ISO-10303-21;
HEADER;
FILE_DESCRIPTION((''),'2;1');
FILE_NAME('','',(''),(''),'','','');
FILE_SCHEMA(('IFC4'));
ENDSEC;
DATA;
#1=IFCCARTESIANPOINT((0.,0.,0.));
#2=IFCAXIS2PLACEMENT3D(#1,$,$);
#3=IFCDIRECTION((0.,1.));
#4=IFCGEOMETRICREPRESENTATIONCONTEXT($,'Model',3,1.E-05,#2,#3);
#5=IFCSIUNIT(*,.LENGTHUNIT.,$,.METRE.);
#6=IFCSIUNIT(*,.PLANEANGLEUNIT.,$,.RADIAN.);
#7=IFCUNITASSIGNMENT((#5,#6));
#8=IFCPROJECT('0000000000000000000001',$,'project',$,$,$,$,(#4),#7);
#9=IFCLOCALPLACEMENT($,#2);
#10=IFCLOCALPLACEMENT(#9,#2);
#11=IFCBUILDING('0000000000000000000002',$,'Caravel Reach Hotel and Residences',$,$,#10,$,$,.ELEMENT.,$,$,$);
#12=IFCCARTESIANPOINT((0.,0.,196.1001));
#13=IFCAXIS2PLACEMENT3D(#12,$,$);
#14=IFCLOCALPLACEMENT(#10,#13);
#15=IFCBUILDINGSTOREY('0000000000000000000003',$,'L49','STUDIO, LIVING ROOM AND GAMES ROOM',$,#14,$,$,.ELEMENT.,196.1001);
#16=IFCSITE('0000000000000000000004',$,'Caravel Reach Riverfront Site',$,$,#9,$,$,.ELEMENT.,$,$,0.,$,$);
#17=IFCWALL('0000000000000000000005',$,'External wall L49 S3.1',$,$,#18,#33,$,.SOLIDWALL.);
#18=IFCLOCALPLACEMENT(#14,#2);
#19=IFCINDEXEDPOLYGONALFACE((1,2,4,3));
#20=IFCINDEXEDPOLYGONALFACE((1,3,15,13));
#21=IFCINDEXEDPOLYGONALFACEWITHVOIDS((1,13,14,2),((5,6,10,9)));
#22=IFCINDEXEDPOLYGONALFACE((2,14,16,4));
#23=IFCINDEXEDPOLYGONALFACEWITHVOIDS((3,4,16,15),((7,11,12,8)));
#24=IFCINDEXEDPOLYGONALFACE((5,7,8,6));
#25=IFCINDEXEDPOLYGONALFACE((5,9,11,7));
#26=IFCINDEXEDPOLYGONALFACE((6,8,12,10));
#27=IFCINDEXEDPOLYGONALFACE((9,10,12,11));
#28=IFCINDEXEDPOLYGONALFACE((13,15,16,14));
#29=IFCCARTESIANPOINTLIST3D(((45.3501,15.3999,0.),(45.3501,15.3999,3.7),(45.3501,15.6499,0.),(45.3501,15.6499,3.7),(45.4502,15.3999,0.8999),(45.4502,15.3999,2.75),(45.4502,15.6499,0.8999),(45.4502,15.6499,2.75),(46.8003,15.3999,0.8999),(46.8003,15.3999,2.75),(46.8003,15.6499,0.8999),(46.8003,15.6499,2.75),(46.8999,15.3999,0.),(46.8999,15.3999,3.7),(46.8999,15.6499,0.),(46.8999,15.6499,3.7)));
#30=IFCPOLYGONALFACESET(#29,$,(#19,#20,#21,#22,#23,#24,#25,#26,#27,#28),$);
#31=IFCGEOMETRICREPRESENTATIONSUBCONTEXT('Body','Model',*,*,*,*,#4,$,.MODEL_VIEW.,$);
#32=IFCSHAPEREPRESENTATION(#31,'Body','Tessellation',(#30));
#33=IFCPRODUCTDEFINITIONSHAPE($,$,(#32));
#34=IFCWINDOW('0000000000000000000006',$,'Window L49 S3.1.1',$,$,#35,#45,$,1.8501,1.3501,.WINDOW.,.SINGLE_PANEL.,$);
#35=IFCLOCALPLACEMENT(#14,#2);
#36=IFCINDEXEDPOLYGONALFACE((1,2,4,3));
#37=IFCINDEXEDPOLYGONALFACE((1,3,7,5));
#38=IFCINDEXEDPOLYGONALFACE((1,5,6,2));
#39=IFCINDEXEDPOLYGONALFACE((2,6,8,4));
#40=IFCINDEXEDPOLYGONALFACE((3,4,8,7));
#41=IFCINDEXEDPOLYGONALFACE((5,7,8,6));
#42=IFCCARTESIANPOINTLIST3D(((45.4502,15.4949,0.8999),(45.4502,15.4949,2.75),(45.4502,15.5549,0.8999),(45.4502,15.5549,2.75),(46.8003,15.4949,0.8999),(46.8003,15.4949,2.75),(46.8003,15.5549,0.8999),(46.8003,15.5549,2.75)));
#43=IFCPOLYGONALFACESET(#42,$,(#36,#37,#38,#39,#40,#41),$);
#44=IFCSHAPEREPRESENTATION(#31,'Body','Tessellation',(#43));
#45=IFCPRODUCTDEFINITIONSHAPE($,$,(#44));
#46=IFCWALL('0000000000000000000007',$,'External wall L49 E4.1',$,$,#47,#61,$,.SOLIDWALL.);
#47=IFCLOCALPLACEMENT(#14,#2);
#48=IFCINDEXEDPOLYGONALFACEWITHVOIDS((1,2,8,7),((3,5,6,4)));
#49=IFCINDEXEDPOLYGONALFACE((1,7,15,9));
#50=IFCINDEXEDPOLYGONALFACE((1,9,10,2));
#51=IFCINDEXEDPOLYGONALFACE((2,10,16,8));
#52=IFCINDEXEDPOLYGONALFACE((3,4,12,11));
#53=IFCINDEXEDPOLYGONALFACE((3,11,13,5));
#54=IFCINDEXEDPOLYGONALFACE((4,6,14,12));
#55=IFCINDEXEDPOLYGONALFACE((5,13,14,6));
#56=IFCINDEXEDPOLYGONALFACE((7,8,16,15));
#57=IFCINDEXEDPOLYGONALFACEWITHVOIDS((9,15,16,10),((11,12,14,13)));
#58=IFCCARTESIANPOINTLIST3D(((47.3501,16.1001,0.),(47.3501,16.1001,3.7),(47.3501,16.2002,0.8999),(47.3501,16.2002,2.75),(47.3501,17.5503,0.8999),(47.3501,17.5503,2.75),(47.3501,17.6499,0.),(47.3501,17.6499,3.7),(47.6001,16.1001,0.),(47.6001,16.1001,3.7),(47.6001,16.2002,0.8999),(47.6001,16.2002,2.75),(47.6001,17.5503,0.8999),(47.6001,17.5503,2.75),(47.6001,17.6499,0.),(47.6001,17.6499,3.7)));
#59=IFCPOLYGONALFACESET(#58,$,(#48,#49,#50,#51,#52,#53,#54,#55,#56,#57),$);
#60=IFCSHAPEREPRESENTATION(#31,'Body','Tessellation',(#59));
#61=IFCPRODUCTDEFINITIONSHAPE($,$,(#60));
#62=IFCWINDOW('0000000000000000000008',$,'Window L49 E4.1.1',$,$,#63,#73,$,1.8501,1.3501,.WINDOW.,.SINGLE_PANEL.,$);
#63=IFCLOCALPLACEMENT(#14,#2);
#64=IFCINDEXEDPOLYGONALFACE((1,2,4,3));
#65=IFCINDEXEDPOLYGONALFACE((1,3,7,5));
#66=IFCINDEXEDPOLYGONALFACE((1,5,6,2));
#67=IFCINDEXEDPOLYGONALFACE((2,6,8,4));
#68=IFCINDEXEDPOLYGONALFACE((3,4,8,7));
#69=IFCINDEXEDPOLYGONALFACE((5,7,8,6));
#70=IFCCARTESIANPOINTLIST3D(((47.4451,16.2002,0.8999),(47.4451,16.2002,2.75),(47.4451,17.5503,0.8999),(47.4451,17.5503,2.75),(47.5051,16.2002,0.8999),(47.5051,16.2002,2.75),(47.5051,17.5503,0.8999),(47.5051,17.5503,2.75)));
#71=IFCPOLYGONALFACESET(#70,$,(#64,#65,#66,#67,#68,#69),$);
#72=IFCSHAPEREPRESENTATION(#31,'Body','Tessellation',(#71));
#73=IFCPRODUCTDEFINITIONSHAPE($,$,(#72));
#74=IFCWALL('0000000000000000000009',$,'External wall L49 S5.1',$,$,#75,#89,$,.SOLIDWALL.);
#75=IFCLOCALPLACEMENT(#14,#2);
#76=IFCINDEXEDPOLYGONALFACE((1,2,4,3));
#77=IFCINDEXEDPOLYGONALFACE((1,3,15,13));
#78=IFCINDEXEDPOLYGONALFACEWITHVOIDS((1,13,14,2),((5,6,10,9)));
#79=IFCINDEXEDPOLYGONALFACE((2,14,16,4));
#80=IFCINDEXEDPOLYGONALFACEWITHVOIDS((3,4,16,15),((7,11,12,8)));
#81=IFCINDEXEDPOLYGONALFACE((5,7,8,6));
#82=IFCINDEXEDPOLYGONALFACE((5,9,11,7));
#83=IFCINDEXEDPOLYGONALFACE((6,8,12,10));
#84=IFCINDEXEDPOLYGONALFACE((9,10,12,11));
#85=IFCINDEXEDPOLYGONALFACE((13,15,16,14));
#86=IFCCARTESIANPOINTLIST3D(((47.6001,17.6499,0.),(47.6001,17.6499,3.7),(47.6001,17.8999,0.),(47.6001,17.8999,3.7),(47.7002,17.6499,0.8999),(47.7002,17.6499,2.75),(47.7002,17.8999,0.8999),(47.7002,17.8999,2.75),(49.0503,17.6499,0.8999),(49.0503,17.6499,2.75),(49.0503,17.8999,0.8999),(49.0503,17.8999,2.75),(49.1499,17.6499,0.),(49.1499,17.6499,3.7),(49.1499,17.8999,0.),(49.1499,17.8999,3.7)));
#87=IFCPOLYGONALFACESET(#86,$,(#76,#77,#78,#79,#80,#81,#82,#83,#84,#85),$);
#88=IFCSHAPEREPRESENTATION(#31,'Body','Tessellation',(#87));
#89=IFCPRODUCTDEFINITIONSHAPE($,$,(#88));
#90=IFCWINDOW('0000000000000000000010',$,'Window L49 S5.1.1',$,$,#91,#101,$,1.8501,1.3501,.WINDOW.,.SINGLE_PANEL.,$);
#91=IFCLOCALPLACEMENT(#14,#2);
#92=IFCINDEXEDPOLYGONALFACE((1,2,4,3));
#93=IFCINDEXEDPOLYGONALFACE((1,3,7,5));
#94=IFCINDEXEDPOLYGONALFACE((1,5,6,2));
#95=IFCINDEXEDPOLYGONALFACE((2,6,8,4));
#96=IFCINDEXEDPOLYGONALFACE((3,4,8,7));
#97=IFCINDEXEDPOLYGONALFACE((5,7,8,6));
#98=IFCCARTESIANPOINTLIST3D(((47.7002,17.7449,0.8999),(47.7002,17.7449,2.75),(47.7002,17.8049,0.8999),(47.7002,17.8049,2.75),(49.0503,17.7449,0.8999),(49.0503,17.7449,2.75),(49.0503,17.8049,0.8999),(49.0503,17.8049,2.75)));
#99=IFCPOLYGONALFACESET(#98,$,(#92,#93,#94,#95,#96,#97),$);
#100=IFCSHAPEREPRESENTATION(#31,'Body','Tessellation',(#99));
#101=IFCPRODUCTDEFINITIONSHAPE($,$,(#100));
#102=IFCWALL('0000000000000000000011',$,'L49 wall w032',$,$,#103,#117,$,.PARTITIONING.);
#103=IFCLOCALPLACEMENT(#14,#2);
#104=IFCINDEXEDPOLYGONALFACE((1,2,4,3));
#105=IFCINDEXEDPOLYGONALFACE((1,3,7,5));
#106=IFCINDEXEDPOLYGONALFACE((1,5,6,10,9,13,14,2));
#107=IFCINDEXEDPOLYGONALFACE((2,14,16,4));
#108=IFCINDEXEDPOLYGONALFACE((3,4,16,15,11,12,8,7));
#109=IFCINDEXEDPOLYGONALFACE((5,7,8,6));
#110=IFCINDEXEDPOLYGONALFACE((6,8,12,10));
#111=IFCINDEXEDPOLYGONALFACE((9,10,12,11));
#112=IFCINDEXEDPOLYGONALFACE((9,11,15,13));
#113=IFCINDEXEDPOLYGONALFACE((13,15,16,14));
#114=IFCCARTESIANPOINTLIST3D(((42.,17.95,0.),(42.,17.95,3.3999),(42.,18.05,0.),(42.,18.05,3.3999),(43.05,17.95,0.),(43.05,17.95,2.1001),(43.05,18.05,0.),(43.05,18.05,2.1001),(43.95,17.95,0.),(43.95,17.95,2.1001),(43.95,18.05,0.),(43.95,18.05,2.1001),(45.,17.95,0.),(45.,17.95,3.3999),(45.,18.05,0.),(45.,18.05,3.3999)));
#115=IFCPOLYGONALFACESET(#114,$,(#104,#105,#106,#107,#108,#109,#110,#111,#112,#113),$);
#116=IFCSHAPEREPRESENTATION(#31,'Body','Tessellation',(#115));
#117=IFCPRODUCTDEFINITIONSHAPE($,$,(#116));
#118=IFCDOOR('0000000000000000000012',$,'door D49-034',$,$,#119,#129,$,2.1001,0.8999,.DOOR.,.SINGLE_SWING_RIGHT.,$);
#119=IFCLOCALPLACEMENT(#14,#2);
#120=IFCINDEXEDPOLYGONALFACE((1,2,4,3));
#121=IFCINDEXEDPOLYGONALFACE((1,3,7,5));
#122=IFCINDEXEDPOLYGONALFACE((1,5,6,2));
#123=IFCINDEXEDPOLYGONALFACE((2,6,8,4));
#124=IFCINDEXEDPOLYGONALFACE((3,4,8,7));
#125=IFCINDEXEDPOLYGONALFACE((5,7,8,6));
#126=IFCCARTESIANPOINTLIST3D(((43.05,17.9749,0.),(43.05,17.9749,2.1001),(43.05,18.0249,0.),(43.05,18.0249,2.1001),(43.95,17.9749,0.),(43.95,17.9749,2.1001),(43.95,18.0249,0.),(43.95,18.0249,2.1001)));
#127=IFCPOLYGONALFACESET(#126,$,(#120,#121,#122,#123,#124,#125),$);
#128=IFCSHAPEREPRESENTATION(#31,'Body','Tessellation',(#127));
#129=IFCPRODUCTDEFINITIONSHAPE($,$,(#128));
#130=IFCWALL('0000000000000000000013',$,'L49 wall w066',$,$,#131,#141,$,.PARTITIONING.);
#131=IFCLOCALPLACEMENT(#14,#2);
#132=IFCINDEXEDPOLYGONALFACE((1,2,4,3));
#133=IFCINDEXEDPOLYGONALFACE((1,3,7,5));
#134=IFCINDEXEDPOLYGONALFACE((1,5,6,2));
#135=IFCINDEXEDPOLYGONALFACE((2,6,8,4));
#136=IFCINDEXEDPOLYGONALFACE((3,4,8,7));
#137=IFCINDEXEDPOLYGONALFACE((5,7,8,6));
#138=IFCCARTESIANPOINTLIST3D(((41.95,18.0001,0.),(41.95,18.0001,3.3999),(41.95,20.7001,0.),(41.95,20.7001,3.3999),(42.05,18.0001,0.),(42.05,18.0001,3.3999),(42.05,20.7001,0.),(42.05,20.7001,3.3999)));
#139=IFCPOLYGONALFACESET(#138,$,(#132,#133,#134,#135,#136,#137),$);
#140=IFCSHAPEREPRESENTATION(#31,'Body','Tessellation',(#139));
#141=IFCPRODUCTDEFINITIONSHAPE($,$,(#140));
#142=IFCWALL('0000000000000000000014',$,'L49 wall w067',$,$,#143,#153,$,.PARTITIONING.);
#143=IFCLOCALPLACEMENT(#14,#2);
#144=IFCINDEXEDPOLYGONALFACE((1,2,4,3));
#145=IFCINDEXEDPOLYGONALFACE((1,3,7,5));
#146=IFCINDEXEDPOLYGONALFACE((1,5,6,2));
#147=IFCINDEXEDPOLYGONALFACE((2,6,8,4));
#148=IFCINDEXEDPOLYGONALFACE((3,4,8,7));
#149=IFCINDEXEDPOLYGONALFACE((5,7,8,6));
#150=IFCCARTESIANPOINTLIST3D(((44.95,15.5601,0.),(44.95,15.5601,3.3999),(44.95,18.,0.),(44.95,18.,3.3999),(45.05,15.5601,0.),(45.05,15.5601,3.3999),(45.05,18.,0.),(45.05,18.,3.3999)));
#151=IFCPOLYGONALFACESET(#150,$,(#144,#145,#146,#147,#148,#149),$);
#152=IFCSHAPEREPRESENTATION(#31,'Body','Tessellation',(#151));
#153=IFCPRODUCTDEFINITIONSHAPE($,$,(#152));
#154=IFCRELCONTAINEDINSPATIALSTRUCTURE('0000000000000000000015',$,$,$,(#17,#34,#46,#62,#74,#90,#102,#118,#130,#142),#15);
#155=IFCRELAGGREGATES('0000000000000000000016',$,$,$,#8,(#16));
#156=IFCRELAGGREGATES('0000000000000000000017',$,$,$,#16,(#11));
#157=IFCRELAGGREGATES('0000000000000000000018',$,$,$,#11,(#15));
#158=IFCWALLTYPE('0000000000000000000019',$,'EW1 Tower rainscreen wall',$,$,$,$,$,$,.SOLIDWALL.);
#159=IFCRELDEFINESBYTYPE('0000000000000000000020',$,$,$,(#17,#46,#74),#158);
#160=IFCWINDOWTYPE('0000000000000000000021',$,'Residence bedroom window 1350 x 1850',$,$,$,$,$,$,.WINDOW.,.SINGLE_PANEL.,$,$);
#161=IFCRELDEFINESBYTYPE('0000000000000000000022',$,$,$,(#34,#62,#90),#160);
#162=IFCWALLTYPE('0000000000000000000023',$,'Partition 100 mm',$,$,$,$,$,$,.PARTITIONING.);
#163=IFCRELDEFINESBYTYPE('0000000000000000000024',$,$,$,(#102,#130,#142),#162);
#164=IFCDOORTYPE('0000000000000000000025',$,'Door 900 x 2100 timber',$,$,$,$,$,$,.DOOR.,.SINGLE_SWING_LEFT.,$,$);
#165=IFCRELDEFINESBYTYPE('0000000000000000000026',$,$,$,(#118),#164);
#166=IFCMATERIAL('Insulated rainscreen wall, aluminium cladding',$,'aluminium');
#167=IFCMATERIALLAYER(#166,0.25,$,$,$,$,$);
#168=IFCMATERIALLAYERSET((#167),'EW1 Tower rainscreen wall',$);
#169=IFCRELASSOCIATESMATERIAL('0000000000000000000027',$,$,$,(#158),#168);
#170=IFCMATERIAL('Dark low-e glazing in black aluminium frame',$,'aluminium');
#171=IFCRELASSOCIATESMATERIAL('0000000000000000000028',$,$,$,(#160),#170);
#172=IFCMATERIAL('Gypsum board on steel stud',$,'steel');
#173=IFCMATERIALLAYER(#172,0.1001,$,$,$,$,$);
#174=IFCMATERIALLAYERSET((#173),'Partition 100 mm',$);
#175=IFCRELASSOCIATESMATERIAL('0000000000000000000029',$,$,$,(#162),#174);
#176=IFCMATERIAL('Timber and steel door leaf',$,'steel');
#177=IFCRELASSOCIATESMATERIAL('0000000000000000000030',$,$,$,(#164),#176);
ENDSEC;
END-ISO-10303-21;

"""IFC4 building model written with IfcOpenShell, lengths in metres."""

from ifc_helpers import new_model, si_unit, direction, frame, frame_2d, origin, place, context, subcontext, project, spatial, rectangle, extrude, material, layer, layer_set, type_object, element, fill, save


model = new_model("IFC4")

# Units and contexts
model_context = context("Model", 3, precision=1e-05, world=origin(), true_north=direction((0.0, 1.0)))
body_context = subcontext(model_context, "Body", "Model", "MODEL_VIEW")
ifc_project = project(units=[si_unit("LENGTHUNIT", "METRE"), si_unit("PLANEANGLEUNIT", "RADIAN")], contexts=[model_context])

# Site, building, storey
site_placement = place(None, origin())
site = spatial("IfcSite", under=ifc_project, at=site_placement, Name="Caravel Reach Riverfront Site", CompositionType="ELEMENT", RefElevation=0.0)
building_placement = place(site_placement, origin())
building = spatial("IfcBuilding", under=site, at=building_placement, Name="Caravel Reach Hotel and Residences", CompositionType="ELEMENT")
storey_placement = place(building_placement, frame((0.0, 0.0, 196.1001)))
storey = spatial("IfcBuildingStorey", under=building, at=storey_placement, Name="L49", Description="STUDIO, LIVING ROOM AND GAMES ROOM", CompositionType="ELEMENT", Elevation=196.1001)

# Walls, openings, windows
ifc_material_1 = material(Name="Insulated rainscreen wall, aluminium cladding", Category="aluminium")
ifc_layer_1 = layer(ifc_material_1, 0.25)
ifc_layer_set_1 = layer_set([ifc_layer_1], Name="EW1 Tower rainscreen wall")
wall_type_1 = type_object("IfcWallType", Name="EW1 Tower rainscreen wall", PredefinedType="SOLIDWALL", material=ifc_layer_set_1)
ifc_material_2 = material(Name="Dark low-e glazing in black aluminium frame", Category="aluminium")
window_type = type_object("IfcWindowType", Name="Residence bedroom window 1350 x 1850", PartitioningType="SINGLE_PANEL", PredefinedType="WINDOW", material=ifc_material_2)
wall_1_placement = place(storey_placement, frame((45.3501, 15.5249, 0.0), z_axis=(0.0, 0.0, 1.0), x_axis=(1.0, 0.0, 0.0)))
wall_1 = element("IfcWall", 1, at=wall_1_placement, inside=storey, type_object=wall_type_1, Name="External wall L49 S3.1", PredefinedType="SOLIDWALL", context=body_context, shape_type="SweptSolid", body=[
    extrude(rectangle(XDim=1.5498, YDim=0.25, at=frame_2d((0.7749, 0.0))), origin(), (0.0, 0.0, 1.0), 3.7),
])
opening_1_placement = place(wall_1_placement, frame((0.1001, 0.0, 0.8999)))
opening_1 = element("IfcOpeningElement", 2, at=opening_1_placement, cuts=wall_1, PredefinedType="OPENING", context=body_context, shape_type="SweptSolid", body=[
    extrude(rectangle(XDim=1.3501, YDim=1.8501, at=frame_2d((0.675, 0.925))), frame((0.0, 0.135, 0.0), z_axis=(0.0, -1.0, 0.0), x_axis=(1.0, 0.0, 0.0)), (0.0, 0.0, 1.0), 0.27),
])
window_1_placement = place(opening_1_placement, origin())
window_1 = element("IfcWindow", 3, at=window_1_placement, inside=storey, type_object=window_type, Name="Window L49 S3.1.1", OverallHeight=1.8501, OverallWidth=1.3501, PartitioningType="SINGLE_PANEL", PredefinedType="WINDOW", context=body_context, shape_type="SweptSolid", body=[
    extrude(rectangle(XDim=1.3501, YDim=1.8501, at=frame_2d((0.675, 0.925))), frame((0.0, 0.03, 0.0), z_axis=(0.0, -1.0, 0.0), x_axis=(1.0, 0.0, 0.0)), (0.0, 0.0, 1.0), 0.0601),
])
fill(opening_1, window_1)
wall_2_placement = place(storey_placement, frame((47.4751, 16.1001, 0.0), z_axis=(0.0, 0.0, 1.0), x_axis=(0.0, 1.0, 0.0)))
wall_2 = element("IfcWall", 4, at=wall_2_placement, inside=storey, type_object=wall_type_1, Name="External wall L49 E4.1", PredefinedType="SOLIDWALL", context=body_context, shape_type="SweptSolid", body=[
    extrude(rectangle(XDim=1.5498, YDim=0.25, at=frame_2d((0.7749, 0.0))), origin(), (0.0, 0.0, 1.0), 3.7),
])
opening_2_placement = place(wall_2_placement, frame((0.1001, 0.0, 0.8999)))
opening_2 = element("IfcOpeningElement", 5, at=opening_2_placement, cuts=wall_2, PredefinedType="OPENING", context=body_context, shape_type="SweptSolid", body=[
    extrude(rectangle(XDim=1.3501, YDim=1.8501, at=frame_2d((0.675, 0.925))), frame((0.0, 0.135, 0.0), z_axis=(0.0, -1.0, 0.0), x_axis=(1.0, 0.0, 0.0)), (0.0, 0.0, 1.0), 0.27),
])
window_2_placement = place(opening_2_placement, origin())
window_2 = element("IfcWindow", 6, at=window_2_placement, inside=storey, type_object=window_type, Name="Window L49 E4.1.1", OverallHeight=1.8501, OverallWidth=1.3501, PartitioningType="SINGLE_PANEL", PredefinedType="WINDOW", context=body_context, shape_type="SweptSolid", body=[
    extrude(rectangle(XDim=1.3501, YDim=1.8501, at=frame_2d((0.675, 0.925))), frame((0.0, 0.03, 0.0), z_axis=(0.0, -1.0, 0.0), x_axis=(1.0, 0.0, 0.0)), (0.0, 0.0, 1.0), 0.0601),
])
fill(opening_2, window_2)
wall_3_placement = place(storey_placement, frame((47.6001, 17.7749, 0.0), z_axis=(0.0, 0.0, 1.0), x_axis=(1.0, 0.0, 0.0)))
wall_3 = element("IfcWall", 7, at=wall_3_placement, inside=storey, type_object=wall_type_1, Name="External wall L49 S5.1", PredefinedType="SOLIDWALL", context=body_context, shape_type="SweptSolid", body=[
    extrude(rectangle(XDim=1.5498, YDim=0.25, at=frame_2d((0.7749, 0.0))), origin(), (0.0, 0.0, 1.0), 3.7),
])
opening_3_placement = place(wall_3_placement, frame((0.1001, 0.0, 0.8999)))
opening_3 = element("IfcOpeningElement", 8, at=opening_3_placement, cuts=wall_3, PredefinedType="OPENING", context=body_context, shape_type="SweptSolid", body=[
    extrude(rectangle(XDim=1.3501, YDim=1.8501, at=frame_2d((0.675, 0.925))), frame((0.0, 0.135, 0.0), z_axis=(0.0, -1.0, 0.0), x_axis=(1.0, 0.0, 0.0)), (0.0, 0.0, 1.0), 0.27),
])
window_3_placement = place(opening_3_placement, origin())
window_3 = element("IfcWindow", 9, at=window_3_placement, inside=storey, type_object=window_type, Name="Window L49 S5.1.1", OverallHeight=1.8501, OverallWidth=1.3501, PartitioningType="SINGLE_PANEL", PredefinedType="WINDOW", context=body_context, shape_type="SweptSolid", body=[
    extrude(rectangle(XDim=1.3501, YDim=1.8501, at=frame_2d((0.675, 0.925))), frame((0.0, 0.03, 0.0), z_axis=(0.0, -1.0, 0.0), x_axis=(1.0, 0.0, 0.0)), (0.0, 0.0, 1.0), 0.0601),
])
fill(opening_3, window_3)

# Wall, opening, door
ifc_material_3 = material(Name="Gypsum board on steel stud", Category="steel")
ifc_layer_2 = layer(ifc_material_3, 0.1001)
ifc_layer_set_2 = layer_set([ifc_layer_2], Name="Partition 100 mm")
wall_type_2 = type_object("IfcWallType", Name="Partition 100 mm", PredefinedType="PARTITIONING", material=ifc_layer_set_2)
wall_4_placement = place(storey_placement, frame((42.0, 18.0, 0.0), z_axis=(0.0, 0.0, 1.0), x_axis=(1.0, 0.0, 0.0)))
wall_4 = element("IfcWall", 10, at=wall_4_placement, inside=storey, type_object=wall_type_2, Name="L49 wall w032", PredefinedType="PARTITIONING", context=body_context, shape_type="SweptSolid", body=[
    extrude(rectangle(XDim=3.0, YDim=0.1001, at=frame_2d((1.5, 0.0))), origin(), (0.0, 0.0, 1.0), 3.3999),
])
opening_4_placement = place(wall_4_placement, frame((1.05, 0.0, 0.0)))
opening_4 = element("IfcOpeningElement", 11, at=opening_4_placement, cuts=wall_4, PredefinedType="OPENING", context=body_context, shape_type="SweptSolid", body=[
    extrude(rectangle(XDim=0.8999, YDim=2.1001, at=frame_2d((0.45, 1.05))), frame((0.0, 0.0601, 0.0), z_axis=(0.0, -1.0, 0.0), x_axis=(1.0, 0.0, 0.0)), (0.0, 0.0, 1.0), 0.1201),
])
ifc_material_4 = material(Name="Timber and steel door leaf", Category="steel")
door_type_1 = type_object("IfcDoorType", Name="Door 900 x 2100 timber", OperationType="SINGLE_SWING_LEFT", PredefinedType="DOOR", material=ifc_material_4)
door_1_placement = place(opening_4_placement, origin())
door_1 = element("IfcDoor", 12, at=door_1_placement, inside=storey, type_object=door_type_1, Name="door D49-034", OperationType="SINGLE_SWING_RIGHT", OverallHeight=2.1001, OverallWidth=0.8999, PredefinedType="DOOR", context=body_context, shape_type="SweptSolid", body=[
    extrude(rectangle(XDim=0.8999, YDim=2.1001, at=frame_2d((0.45, 1.05))), frame((0.0, 0.0249, 0.0), z_axis=(0.0, -1.0, 0.0), x_axis=(1.0, 0.0, 0.0)), (0.0, 0.0, 1.0), 0.05),
])
fill(opening_4, door_1)

# Walls
wall_5_placement = place(storey_placement, frame((42.0, 18.0, 0.0), z_axis=(0.0, 0.0, 1.0), x_axis=(0.0, 1.0, 0.0)))
element("IfcWall", 13, at=wall_5_placement, inside=storey, type_object=wall_type_2, Name="L49 wall w066", PredefinedType="PARTITIONING", context=body_context, shape_type="SweptSolid", body=[
    extrude(rectangle(XDim=2.7, YDim=0.1001, at=frame_2d((1.3501, 0.0))), origin(), (0.0, 0.0, 1.0), 3.3999),
])
wall_6_placement = place(storey_placement, frame((45.0, 15.5601, 0.0), z_axis=(0.0, 0.0, 1.0), x_axis=(0.0, 1.0, 0.0)))
element("IfcWall", 14, at=wall_6_placement, inside=storey, type_object=wall_type_2, Name="L49 wall w067", PredefinedType="PARTITIONING", context=body_context, shape_type="SweptSolid", body=[
    extrude(rectangle(XDim=2.4399, YDim=0.1001, at=frame_2d((1.22, 0.0))), origin(), (0.0, 0.0, 1.0), 3.3999),
])

save(model, "model.ifc")
